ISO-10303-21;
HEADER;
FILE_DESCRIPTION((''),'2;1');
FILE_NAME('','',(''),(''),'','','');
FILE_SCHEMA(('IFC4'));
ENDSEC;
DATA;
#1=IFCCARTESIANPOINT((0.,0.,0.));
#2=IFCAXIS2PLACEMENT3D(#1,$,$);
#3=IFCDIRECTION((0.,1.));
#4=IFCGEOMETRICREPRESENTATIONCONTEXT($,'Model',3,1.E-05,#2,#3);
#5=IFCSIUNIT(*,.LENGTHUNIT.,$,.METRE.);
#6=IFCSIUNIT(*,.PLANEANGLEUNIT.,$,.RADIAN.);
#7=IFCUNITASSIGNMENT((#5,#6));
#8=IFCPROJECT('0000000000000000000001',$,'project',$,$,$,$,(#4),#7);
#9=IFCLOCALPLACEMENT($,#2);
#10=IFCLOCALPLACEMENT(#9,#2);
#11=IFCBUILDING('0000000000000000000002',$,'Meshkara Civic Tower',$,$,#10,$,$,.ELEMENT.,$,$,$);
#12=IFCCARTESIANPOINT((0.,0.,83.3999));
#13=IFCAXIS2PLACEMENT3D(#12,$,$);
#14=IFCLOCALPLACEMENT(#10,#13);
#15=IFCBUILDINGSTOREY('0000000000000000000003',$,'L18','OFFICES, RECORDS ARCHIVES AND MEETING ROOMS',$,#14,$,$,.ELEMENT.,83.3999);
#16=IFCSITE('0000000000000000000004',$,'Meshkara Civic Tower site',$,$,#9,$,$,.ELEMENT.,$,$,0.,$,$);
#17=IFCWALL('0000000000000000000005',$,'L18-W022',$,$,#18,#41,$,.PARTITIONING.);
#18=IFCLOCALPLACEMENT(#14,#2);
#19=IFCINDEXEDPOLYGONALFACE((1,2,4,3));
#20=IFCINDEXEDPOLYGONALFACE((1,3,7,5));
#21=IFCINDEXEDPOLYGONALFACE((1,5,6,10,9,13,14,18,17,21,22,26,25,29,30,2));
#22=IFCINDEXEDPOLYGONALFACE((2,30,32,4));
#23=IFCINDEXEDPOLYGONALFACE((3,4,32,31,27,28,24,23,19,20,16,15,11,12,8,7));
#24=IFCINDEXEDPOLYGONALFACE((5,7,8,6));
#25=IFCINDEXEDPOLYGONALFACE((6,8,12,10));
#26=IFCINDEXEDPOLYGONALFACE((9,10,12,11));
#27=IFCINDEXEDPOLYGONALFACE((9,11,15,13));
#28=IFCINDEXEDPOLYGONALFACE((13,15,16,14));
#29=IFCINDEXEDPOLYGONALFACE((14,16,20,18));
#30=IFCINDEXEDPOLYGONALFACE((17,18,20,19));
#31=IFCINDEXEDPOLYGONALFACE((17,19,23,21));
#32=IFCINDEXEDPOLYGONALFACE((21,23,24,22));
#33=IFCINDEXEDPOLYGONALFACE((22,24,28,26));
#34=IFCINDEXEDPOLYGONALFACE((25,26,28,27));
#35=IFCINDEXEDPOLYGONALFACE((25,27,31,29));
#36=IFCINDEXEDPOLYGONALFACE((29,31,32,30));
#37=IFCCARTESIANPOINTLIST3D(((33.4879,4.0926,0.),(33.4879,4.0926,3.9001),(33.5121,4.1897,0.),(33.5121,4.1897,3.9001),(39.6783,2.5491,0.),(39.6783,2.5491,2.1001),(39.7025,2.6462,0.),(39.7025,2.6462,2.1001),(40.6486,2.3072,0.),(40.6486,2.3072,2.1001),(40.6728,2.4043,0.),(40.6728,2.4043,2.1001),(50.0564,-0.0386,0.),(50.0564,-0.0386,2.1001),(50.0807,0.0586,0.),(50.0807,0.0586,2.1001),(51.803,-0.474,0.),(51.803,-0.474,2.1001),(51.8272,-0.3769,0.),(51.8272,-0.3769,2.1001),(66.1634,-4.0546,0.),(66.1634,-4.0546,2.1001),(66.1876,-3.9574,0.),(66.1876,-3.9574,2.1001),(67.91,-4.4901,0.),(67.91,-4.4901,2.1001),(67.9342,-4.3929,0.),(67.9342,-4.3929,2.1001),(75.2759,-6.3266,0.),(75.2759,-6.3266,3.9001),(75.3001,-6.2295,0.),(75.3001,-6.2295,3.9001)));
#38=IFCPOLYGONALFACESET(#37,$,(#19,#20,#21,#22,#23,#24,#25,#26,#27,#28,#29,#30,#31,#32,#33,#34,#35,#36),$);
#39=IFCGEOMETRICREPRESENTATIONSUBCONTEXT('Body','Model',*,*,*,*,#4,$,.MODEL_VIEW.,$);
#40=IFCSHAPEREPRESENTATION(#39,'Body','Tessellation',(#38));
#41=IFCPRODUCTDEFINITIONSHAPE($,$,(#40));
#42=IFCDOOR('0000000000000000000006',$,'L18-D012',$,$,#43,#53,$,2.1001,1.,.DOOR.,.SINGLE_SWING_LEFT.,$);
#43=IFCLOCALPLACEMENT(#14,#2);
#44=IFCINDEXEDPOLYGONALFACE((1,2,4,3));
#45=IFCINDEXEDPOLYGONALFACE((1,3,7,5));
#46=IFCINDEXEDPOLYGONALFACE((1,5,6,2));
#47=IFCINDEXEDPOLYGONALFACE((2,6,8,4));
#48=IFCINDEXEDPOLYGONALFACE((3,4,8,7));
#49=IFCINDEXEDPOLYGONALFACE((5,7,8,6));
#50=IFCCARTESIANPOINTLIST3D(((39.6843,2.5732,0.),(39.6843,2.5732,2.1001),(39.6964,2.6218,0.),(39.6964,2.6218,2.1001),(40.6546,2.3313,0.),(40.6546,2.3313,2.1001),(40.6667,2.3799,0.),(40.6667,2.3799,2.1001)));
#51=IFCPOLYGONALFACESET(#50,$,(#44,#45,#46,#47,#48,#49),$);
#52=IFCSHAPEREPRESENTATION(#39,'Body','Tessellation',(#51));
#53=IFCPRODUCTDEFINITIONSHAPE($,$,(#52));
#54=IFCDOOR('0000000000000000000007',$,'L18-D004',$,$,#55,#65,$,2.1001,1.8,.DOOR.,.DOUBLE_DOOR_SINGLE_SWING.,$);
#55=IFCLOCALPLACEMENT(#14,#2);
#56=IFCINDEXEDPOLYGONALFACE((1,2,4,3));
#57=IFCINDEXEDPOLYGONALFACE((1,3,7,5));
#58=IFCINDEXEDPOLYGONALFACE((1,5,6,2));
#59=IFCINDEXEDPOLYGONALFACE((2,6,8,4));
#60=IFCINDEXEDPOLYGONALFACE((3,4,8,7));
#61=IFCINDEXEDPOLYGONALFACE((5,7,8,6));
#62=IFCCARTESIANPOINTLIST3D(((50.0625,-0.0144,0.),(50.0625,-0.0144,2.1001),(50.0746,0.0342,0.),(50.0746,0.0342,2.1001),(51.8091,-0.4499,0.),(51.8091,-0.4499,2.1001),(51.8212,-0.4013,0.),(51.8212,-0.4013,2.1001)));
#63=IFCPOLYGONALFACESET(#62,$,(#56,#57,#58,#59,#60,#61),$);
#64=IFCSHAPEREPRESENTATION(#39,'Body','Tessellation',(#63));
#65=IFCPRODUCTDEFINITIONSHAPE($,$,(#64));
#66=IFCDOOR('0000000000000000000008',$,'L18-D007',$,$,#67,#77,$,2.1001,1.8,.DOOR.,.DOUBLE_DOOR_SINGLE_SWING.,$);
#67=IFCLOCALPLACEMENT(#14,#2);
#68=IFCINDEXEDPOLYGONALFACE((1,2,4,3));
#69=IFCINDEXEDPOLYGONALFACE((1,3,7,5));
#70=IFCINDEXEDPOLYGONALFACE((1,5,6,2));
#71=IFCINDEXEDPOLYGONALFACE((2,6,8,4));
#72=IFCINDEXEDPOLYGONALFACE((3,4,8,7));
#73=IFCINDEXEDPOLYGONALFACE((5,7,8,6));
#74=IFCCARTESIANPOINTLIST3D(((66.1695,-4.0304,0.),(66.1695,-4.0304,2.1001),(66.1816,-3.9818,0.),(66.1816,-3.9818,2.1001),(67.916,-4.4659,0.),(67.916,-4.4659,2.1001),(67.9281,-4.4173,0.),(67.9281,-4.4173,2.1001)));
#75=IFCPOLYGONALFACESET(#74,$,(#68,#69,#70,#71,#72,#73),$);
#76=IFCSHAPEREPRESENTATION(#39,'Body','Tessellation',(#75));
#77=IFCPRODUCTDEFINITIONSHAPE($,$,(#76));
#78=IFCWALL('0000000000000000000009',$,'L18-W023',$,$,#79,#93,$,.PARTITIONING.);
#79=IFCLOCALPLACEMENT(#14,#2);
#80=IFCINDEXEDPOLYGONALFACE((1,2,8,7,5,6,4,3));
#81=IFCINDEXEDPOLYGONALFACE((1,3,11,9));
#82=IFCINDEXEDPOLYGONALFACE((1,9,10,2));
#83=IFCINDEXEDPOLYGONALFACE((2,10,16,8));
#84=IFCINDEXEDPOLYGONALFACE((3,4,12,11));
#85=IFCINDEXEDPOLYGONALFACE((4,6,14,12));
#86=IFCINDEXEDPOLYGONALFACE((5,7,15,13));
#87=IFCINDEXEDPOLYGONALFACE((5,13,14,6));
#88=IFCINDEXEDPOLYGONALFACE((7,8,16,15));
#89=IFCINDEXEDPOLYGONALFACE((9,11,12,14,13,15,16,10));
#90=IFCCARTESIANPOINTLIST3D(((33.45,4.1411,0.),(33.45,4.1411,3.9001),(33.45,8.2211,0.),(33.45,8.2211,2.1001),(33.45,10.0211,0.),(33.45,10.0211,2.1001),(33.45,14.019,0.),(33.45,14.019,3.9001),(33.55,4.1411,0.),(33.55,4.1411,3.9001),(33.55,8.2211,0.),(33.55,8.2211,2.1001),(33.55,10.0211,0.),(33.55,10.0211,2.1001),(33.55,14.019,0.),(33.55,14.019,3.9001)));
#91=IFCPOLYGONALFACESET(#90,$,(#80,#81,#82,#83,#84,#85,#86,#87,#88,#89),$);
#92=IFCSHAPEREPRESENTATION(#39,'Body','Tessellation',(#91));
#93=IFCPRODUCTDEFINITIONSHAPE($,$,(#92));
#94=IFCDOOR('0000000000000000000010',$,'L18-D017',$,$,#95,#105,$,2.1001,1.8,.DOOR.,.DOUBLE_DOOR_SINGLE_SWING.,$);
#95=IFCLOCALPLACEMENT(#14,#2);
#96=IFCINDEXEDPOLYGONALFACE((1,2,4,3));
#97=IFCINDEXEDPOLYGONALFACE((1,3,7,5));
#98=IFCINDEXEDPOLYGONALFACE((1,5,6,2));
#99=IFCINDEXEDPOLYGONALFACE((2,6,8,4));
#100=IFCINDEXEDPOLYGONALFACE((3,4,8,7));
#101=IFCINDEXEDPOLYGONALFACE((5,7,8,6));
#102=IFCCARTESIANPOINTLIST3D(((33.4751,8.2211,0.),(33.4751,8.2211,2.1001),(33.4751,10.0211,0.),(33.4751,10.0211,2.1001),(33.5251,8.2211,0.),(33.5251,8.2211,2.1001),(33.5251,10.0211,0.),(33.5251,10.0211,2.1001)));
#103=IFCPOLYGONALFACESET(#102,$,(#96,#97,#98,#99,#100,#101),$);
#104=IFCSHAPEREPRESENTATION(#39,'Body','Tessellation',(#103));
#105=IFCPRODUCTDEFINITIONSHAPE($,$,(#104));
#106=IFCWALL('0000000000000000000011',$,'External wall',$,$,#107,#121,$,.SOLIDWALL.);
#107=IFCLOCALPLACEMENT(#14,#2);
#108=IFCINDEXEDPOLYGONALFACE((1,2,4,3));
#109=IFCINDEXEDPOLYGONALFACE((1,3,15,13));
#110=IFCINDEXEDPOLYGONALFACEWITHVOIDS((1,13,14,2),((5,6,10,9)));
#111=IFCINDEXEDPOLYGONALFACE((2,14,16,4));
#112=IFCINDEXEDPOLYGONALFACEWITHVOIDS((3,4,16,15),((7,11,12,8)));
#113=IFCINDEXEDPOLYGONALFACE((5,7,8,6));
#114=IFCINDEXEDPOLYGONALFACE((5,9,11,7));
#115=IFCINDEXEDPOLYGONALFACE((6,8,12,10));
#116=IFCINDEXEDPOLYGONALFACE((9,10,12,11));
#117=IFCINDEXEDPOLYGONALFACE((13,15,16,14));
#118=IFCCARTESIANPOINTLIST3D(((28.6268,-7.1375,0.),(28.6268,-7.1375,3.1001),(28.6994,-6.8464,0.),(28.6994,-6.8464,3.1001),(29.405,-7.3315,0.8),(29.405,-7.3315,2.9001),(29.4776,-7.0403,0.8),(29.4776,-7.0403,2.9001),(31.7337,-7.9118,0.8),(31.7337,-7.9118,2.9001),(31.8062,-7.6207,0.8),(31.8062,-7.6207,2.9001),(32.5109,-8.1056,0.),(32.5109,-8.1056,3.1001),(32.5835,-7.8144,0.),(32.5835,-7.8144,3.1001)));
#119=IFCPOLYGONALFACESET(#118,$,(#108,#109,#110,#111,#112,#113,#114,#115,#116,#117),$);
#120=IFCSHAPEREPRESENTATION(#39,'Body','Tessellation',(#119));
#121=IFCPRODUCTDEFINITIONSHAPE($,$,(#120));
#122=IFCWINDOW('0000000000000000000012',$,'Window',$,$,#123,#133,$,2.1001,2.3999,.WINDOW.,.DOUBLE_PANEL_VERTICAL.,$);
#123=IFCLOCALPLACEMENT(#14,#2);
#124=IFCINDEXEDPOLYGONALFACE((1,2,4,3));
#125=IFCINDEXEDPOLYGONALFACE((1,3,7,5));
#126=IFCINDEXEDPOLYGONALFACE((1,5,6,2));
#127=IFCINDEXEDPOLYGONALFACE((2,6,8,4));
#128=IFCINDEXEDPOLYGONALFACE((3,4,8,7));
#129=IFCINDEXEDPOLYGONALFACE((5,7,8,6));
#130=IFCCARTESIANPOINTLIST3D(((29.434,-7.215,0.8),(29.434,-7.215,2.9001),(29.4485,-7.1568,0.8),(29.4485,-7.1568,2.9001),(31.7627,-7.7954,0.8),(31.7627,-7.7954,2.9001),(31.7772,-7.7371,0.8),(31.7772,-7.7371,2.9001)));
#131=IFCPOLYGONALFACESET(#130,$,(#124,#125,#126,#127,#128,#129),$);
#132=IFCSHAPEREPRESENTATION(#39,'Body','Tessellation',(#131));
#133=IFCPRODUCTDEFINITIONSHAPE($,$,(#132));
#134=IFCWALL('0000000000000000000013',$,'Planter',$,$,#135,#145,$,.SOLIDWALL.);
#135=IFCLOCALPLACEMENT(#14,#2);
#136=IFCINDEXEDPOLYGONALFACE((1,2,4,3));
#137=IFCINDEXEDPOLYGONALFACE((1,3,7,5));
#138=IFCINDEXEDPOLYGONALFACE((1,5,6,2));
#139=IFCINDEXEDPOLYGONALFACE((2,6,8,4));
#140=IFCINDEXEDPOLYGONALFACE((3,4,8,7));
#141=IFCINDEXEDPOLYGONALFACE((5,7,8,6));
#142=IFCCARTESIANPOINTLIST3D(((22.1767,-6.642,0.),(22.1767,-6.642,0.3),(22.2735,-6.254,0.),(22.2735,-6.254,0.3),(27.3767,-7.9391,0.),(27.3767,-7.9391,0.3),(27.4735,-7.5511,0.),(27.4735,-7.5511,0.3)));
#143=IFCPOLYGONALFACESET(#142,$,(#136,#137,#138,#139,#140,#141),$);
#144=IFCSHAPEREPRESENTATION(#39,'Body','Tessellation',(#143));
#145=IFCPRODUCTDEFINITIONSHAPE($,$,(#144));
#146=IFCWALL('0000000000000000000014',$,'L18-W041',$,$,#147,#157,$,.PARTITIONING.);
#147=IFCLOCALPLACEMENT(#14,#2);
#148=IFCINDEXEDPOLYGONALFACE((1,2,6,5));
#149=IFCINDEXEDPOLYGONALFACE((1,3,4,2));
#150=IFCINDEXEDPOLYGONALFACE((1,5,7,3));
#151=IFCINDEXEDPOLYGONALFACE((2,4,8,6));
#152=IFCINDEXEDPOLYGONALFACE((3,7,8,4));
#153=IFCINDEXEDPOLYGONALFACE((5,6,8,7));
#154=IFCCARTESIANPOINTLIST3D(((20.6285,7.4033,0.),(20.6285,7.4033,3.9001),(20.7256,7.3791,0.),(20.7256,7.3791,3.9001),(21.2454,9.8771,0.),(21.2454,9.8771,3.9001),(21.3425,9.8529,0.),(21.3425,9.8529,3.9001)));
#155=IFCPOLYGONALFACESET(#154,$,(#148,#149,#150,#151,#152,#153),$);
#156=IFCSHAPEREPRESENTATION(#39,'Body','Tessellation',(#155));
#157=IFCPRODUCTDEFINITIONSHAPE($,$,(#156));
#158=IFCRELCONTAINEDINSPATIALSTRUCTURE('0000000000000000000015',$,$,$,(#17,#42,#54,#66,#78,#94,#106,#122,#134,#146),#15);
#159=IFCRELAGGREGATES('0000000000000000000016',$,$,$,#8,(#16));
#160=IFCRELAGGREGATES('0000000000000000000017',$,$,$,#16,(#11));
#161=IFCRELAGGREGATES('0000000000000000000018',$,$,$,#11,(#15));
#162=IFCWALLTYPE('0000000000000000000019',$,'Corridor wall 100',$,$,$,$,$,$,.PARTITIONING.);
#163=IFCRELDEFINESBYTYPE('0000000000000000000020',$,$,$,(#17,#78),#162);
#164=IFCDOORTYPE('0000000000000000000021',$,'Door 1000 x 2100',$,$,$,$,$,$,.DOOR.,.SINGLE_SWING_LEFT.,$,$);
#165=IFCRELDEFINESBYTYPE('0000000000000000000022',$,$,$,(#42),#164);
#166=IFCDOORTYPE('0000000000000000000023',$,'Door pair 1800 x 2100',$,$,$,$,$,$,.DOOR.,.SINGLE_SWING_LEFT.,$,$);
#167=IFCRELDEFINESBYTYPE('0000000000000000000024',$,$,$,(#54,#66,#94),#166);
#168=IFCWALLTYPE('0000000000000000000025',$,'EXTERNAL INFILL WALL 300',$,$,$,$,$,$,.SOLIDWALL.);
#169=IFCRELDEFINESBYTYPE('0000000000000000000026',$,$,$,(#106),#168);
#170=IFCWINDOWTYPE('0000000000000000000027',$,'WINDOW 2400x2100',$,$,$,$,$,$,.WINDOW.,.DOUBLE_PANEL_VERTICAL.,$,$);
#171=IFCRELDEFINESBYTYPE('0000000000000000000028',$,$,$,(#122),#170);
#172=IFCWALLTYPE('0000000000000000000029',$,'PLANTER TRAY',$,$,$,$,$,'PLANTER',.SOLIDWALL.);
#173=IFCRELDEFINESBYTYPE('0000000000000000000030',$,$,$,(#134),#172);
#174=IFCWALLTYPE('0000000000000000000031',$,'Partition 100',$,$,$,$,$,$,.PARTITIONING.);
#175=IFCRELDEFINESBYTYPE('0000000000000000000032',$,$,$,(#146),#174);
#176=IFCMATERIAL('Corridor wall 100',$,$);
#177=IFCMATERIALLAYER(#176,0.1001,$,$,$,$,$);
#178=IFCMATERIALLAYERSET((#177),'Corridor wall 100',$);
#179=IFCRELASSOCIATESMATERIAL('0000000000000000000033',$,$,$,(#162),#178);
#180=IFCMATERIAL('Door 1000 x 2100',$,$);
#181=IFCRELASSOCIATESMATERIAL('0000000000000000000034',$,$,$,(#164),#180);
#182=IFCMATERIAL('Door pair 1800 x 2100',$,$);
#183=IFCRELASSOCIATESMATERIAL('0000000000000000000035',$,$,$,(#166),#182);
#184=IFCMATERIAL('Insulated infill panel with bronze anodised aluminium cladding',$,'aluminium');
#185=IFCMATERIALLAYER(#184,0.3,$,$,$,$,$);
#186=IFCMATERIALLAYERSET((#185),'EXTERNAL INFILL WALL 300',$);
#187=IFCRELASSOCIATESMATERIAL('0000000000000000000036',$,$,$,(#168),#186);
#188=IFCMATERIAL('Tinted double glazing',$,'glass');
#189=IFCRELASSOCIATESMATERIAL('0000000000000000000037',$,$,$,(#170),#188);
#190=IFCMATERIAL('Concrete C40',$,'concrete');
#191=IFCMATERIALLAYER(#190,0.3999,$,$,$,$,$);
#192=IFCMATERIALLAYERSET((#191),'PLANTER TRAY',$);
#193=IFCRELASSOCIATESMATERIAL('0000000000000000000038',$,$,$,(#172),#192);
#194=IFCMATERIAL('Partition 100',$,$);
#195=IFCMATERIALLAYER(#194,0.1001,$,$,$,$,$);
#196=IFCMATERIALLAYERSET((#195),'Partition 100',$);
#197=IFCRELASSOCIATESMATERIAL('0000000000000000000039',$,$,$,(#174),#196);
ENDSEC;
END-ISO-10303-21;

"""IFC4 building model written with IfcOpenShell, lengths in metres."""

from ifc_helpers import new_model, si_unit, direction, frame, frame_2d, origin, place, context, subcontext, project, spatial, rectangle, extrude, material, layer, layer_set, type_object, element, fill, save


model = new_model("IFC4")

# Units and contexts
model_context = context("Model", 3, precision=1e-05, world=origin(), true_north=direction((0.0, 1.0)))
body_context = subcontext(model_context, "Body", "Model", "MODEL_VIEW")
ifc_project = project(units=[si_unit("LENGTHUNIT", "METRE"), si_unit("PLANEANGLEUNIT", "RADIAN")], contexts=[model_context])

# Site, building, storey
site_placement = place(None, origin())
site = spatial("IfcSite", under=ifc_project, at=site_placement, Name="Meshkara Civic Tower site", CompositionType="ELEMENT", RefElevation=0.0)
building_placement = place(site_placement, origin())
building = spatial("IfcBuilding", under=site, at=building_placement, Name="Meshkara Civic Tower", CompositionType="ELEMENT")
storey_placement = place(building_placement, frame((0.0, 0.0, 83.3999)))
storey = spatial("IfcBuildingStorey", under=building, at=storey_placement, Name="L18", Description="OFFICES, RECORDS ARCHIVES AND MEETING ROOMS", CompositionType="ELEMENT", Elevation=83.3999)

# Wall, openings, doors
ifc_material_1 = material(Name="Corridor wall 100")
ifc_layer_1 = layer(ifc_material_1, 0.1001)
ifc_layer_set_1 = layer_set([ifc_layer_1], Name="Corridor wall 100")
wall_type_1 = type_object("IfcWallType", Name="Corridor wall 100", PredefinedType="PARTITIONING", material=ifc_layer_set_1)
wall_1_placement = place(storey_placement, frame((33.5, 4.1411, 0.0), z_axis=(0.0, 0.0, 1.0), x_axis=(0.970294, -0.241927, 0.0)))
wall_1 = element("IfcWall", 1, at=wall_1_placement, inside=storey, type_object=wall_type_1, Name="L18-W022", PredefinedType="PARTITIONING", context=body_context, shape_type="SweptSolid", body=[
    extrude(rectangle(XDim=43.0674, YDim=0.1001, at=frame_2d((21.5337, 0.0))), origin(), (0.0, 0.0, 1.0), 3.9001),
])
opening_1_placement = place(wall_1_placement, frame((17.0759, 0.0, 0.0)))
opening_1 = element("IfcOpeningElement", 2, at=opening_1_placement, cuts=wall_1, PredefinedType="OPENING", context=body_context, shape_type="SweptSolid", body=[
    extrude(rectangle(XDim=1.8, YDim=2.1001, at=frame_2d((0.8999, 1.05))), frame((0.0, 0.0601, 0.0), z_axis=(0.0, -1.0, 0.0), x_axis=(1.0, 0.0, 0.0)), (0.0, 0.0, 1.0), 0.1201),
])
opening_2_placement = place(wall_1_placement, frame((33.676, 0.0, 0.0)))
opening_2 = element("IfcOpeningElement", 3, at=opening_2_placement, cuts=wall_1, PredefinedType="OPENING", context=body_context, shape_type="SweptSolid", body=[
    extrude(rectangle(XDim=1.8, YDim=2.1001, at=frame_2d((0.8999, 1.05))), frame((0.0, 0.0601, 0.0), z_axis=(0.0, -1.0, 0.0), x_axis=(1.0, 0.0, 0.0)), (0.0, 0.0, 1.0), 0.1201),
])
opening_3_placement = place(wall_1_placement, frame((6.3799, 0.0, 0.0)))
opening_3 = element("IfcOpeningElement", 4, at=opening_3_placement, cuts=wall_1, PredefinedType="OPENING", context=body_context, shape_type="SweptSolid", body=[
    extrude(rectangle(XDim=1.0, YDim=2.1001, at=frame_2d((0.5, 1.05))), frame((0.0, 0.0601, 0.0), z_axis=(0.0, -1.0, 0.0), x_axis=(1.0, 0.0, 0.0)), (0.0, 0.0, 1.0), 0.1201),
])
ifc_material_2 = material(Name="Door 1000 x 2100")
door_type_1 = type_object("IfcDoorType", Name="Door 1000 x 2100", OperationType="SINGLE_SWING_LEFT", PredefinedType="DOOR", material=ifc_material_2)
door_1_placement = place(opening_3_placement, origin())
door_1 = element("IfcDoor", 5, at=door_1_placement, inside=storey, type_object=door_type_1, Name="L18-D012", OperationType="SINGLE_SWING_LEFT", OverallHeight=2.1001, OverallWidth=1.0, PredefinedType="DOOR", context=body_context, shape_type="SweptSolid", body=[
    extrude(rectangle(XDim=1.0, YDim=2.1001, at=frame_2d((0.5, 1.05))), frame((0.0, 0.0249, 0.0), z_axis=(0.0, -1.0, 0.0), x_axis=(1.0, 0.0, 0.0)), (0.0, 0.0, 1.0), 0.05),
])
fill(opening_3, door_1)
ifc_material_3 = material(Name="Door pair 1800 x 2100")
door_type_2 = type_object("IfcDoorType", Name="Door pair 1800 x 2100", OperationType="SINGLE_SWING_LEFT", PredefinedType="DOOR", material=ifc_material_3)
door_2_placement = place(opening_1_placement, origin())
door_2 = element("IfcDoor", 6, at=door_2_placement, inside=storey, type_object=door_type_2, Name="L18-D004", OperationType="DOUBLE_DOOR_SINGLE_SWING", OverallHeight=2.1001, OverallWidth=1.8, PredefinedType="DOOR", context=body_context, shape_type="SweptSolid", body=[
    extrude(rectangle(XDim=1.8, YDim=2.1001, at=frame_2d((0.8999, 1.05))), frame((0.0, 0.0249, 0.0), z_axis=(0.0, -1.0, 0.0), x_axis=(1.0, 0.0, 0.0)), (0.0, 0.0, 1.0), 0.05),
])
fill(opening_1, door_2)
door_3_placement = place(opening_2_placement, origin())
door_3 = element("IfcDoor", 7, at=door_3_placement, inside=storey, type_object=door_type_2, Name="L18-D007", OperationType="DOUBLE_DOOR_SINGLE_SWING", OverallHeight=2.1001, OverallWidth=1.8, PredefinedType="DOOR", context=body_context, shape_type="SweptSolid", body=[
    extrude(rectangle(XDim=1.8, YDim=2.1001, at=frame_2d((0.8999, 1.05))), frame((0.0, 0.0249, 0.0), z_axis=(0.0, -1.0, 0.0), x_axis=(1.0, 0.0, 0.0)), (0.0, 0.0, 1.0), 0.05),
])
fill(opening_2, door_3)

# Wall, opening, door
wall_2_placement = place(storey_placement, frame((33.5, 4.1411, 0.0), z_axis=(0.0, 0.0, 1.0), x_axis=(0.0, 1.0, 0.0)))
wall_2 = element("IfcWall", 8, at=wall_2_placement, inside=storey, type_object=wall_type_1, Name="L18-W023", PredefinedType="PARTITIONING", context=body_context, shape_type="SweptSolid", body=[
    extrude(rectangle(XDim=9.8779, YDim=0.1001, at=frame_2d((4.939, 0.0))), origin(), (0.0, 0.0, 1.0), 3.9001),
])
opening_4_placement = place(wall_2_placement, frame((4.0801, 0.0, 0.0)))
opening_4 = element("IfcOpeningElement", 9, at=opening_4_placement, cuts=wall_2, PredefinedType="OPENING", context=body_context, shape_type="SweptSolid", body=[
    extrude(rectangle(XDim=1.8, YDim=2.1001, at=frame_2d((0.8999, 1.05))), frame((0.0, 0.0601, 0.0), z_axis=(0.0, -1.0, 0.0), x_axis=(1.0, 0.0, 0.0)), (0.0, 0.0, 1.0), 0.1201),
])
door_4_placement = place(opening_4_placement, origin())
door_4 = element("IfcDoor", 10, at=door_4_placement, inside=storey, type_object=door_type_2, Name="L18-D017", OperationType="DOUBLE_DOOR_SINGLE_SWING", OverallHeight=2.1001, OverallWidth=1.8, PredefinedType="DOOR", context=body_context, shape_type="SweptSolid", body=[
    extrude(rectangle(XDim=1.8, YDim=2.1001, at=frame_2d((0.8999, 1.05))), frame((0.0, 0.0249, 0.0), z_axis=(0.0, -1.0, 0.0), x_axis=(1.0, 0.0, 0.0)), (0.0, 0.0, 1.0), 0.05),
])
fill(opening_4, door_4)

# Wall, opening, window
ifc_material_4 = material(Name="Insulated infill panel with bronze anodised aluminium cladding", Category="aluminium")
ifc_layer_2 = layer(ifc_material_4, 0.3)
ifc_layer_set_2 = layer_set([ifc_layer_2], Name="EXTERNAL INFILL WALL 300")
wall_type_2 = type_object("IfcWallType", Name="EXTERNAL INFILL WALL 300", PredefinedType="SOLIDWALL", material=ifc_layer_set_2)
wall_3_placement = place(storey_placement, frame((28.6631, -6.9919, 0.0), z_axis=(0.0, 0.0, 1.0), x_axis=(0.970318, -0.241832, 0.0)))
wall_3 = element("IfcWall", 11, at=wall_3_placement, inside=storey, type_object=wall_type_2, Name="External wall", PredefinedType="SOLIDWALL", context=body_context, shape_type="SweptSolid", body=[
    extrude(rectangle(XDim=4.0029, YDim=0.3, at=frame_2d((2.0015, 0.0))), origin(), (0.0, 0.0, 1.0), 3.1001),
])
opening_5_placement = place(wall_3_placement, frame((0.802, 0.0, 0.8)))
opening_5 = element("IfcOpeningElement", 12, at=opening_5_placement, cuts=wall_3, PredefinedType="OPENING", context=body_context, shape_type="SweptSolid", body=[
    extrude(rectangle(XDim=2.3999, YDim=2.1001, at=frame_2d((1.2, 1.05))), frame((0.0, 0.1599, 0.0), z_axis=(0.0, -1.0, 0.0), x_axis=(1.0, 0.0, 0.0)), (0.0, 0.0, 1.0), 0.3201),
])
ifc_material_5 = material(Name="Tinted double glazing", Category="glass")
window_type = type_object("IfcWindowType", Name="WINDOW 2400x2100", PartitioningType="DOUBLE_PANEL_VERTICAL", PredefinedType="WINDOW", material=ifc_material_5)
window_placement = place(opening_5_placement, origin())
window = element("IfcWindow", 13, at=window_placement, inside=storey, type_object=window_type, Name="Window", OverallHeight=2.1001, OverallWidth=2.3999, PartitioningType="DOUBLE_PANEL_VERTICAL", PredefinedType="WINDOW", context=body_context, shape_type="SweptSolid", body=[
    extrude(rectangle(XDim=2.3999, YDim=2.1001, at=frame_2d((1.2, 1.05))), frame((0.0, 0.03, 0.0), z_axis=(0.0, -1.0, 0.0), x_axis=(1.0, 0.0, 0.0)), (0.0, 0.0, 1.0), 0.0601),
])
fill(opening_5, window)

# Walls
ifc_material_6 = material(Name="Concrete C40", Category="concrete")
ifc_layer_3 = layer(ifc_material_6, 0.3999)
ifc_layer_set_3 = layer_set([ifc_layer_3], Name="PLANTER TRAY")
wall_type_3 = type_object("IfcWallType", Name="PLANTER TRAY", ElementType="PLANTER", PredefinedType="SOLIDWALL", material=ifc_layer_set_3)
wall_4_placement = place(storey_placement, frame((22.2251, -6.448, 0.0), z_axis=(0.0, 0.0, 1.0), x_axis=(0.970268, -0.242032, 0.0)))
element("IfcWall", 14, at=wall_4_placement, inside=storey, type_object=wall_type_3, Name="Planter", PredefinedType="SOLIDWALL", context=body_context, shape_type="SweptSolid", body=[
    extrude(rectangle(XDim=5.3594, YDim=0.3999, at=frame_2d((2.6797, 0.0))), origin(), (0.0, 0.0, 1.0), 0.3),
])
ifc_material_7 = material(Name="Partition 100")
ifc_layer_4 = layer(ifc_material_7, 0.1001)
ifc_layer_set_4 = layer_set([ifc_layer_4], Name="Partition 100")
wall_type_4 = type_object("IfcWallType", Name="Partition 100", PredefinedType="PARTITIONING", material=ifc_layer_set_4)
wall_5_placement = place(storey_placement, frame((20.677, 7.3911, 0.0), z_axis=(0.0, 0.0, 1.0), x_axis=(0.241972, 0.970283, 0.0)))
element("IfcWall", 15, at=wall_5_placement, inside=storey, type_object=wall_type_4, Name="L18-W041", PredefinedType="PARTITIONING", context=body_context, shape_type="SweptSolid", body=[
    extrude(rectangle(XDim=2.5496, YDim=0.1001, at=frame_2d((1.2749, 0.0))), origin(), (0.0, 0.0, 1.0), 3.9001),
])

save(model, "model.ifc")
